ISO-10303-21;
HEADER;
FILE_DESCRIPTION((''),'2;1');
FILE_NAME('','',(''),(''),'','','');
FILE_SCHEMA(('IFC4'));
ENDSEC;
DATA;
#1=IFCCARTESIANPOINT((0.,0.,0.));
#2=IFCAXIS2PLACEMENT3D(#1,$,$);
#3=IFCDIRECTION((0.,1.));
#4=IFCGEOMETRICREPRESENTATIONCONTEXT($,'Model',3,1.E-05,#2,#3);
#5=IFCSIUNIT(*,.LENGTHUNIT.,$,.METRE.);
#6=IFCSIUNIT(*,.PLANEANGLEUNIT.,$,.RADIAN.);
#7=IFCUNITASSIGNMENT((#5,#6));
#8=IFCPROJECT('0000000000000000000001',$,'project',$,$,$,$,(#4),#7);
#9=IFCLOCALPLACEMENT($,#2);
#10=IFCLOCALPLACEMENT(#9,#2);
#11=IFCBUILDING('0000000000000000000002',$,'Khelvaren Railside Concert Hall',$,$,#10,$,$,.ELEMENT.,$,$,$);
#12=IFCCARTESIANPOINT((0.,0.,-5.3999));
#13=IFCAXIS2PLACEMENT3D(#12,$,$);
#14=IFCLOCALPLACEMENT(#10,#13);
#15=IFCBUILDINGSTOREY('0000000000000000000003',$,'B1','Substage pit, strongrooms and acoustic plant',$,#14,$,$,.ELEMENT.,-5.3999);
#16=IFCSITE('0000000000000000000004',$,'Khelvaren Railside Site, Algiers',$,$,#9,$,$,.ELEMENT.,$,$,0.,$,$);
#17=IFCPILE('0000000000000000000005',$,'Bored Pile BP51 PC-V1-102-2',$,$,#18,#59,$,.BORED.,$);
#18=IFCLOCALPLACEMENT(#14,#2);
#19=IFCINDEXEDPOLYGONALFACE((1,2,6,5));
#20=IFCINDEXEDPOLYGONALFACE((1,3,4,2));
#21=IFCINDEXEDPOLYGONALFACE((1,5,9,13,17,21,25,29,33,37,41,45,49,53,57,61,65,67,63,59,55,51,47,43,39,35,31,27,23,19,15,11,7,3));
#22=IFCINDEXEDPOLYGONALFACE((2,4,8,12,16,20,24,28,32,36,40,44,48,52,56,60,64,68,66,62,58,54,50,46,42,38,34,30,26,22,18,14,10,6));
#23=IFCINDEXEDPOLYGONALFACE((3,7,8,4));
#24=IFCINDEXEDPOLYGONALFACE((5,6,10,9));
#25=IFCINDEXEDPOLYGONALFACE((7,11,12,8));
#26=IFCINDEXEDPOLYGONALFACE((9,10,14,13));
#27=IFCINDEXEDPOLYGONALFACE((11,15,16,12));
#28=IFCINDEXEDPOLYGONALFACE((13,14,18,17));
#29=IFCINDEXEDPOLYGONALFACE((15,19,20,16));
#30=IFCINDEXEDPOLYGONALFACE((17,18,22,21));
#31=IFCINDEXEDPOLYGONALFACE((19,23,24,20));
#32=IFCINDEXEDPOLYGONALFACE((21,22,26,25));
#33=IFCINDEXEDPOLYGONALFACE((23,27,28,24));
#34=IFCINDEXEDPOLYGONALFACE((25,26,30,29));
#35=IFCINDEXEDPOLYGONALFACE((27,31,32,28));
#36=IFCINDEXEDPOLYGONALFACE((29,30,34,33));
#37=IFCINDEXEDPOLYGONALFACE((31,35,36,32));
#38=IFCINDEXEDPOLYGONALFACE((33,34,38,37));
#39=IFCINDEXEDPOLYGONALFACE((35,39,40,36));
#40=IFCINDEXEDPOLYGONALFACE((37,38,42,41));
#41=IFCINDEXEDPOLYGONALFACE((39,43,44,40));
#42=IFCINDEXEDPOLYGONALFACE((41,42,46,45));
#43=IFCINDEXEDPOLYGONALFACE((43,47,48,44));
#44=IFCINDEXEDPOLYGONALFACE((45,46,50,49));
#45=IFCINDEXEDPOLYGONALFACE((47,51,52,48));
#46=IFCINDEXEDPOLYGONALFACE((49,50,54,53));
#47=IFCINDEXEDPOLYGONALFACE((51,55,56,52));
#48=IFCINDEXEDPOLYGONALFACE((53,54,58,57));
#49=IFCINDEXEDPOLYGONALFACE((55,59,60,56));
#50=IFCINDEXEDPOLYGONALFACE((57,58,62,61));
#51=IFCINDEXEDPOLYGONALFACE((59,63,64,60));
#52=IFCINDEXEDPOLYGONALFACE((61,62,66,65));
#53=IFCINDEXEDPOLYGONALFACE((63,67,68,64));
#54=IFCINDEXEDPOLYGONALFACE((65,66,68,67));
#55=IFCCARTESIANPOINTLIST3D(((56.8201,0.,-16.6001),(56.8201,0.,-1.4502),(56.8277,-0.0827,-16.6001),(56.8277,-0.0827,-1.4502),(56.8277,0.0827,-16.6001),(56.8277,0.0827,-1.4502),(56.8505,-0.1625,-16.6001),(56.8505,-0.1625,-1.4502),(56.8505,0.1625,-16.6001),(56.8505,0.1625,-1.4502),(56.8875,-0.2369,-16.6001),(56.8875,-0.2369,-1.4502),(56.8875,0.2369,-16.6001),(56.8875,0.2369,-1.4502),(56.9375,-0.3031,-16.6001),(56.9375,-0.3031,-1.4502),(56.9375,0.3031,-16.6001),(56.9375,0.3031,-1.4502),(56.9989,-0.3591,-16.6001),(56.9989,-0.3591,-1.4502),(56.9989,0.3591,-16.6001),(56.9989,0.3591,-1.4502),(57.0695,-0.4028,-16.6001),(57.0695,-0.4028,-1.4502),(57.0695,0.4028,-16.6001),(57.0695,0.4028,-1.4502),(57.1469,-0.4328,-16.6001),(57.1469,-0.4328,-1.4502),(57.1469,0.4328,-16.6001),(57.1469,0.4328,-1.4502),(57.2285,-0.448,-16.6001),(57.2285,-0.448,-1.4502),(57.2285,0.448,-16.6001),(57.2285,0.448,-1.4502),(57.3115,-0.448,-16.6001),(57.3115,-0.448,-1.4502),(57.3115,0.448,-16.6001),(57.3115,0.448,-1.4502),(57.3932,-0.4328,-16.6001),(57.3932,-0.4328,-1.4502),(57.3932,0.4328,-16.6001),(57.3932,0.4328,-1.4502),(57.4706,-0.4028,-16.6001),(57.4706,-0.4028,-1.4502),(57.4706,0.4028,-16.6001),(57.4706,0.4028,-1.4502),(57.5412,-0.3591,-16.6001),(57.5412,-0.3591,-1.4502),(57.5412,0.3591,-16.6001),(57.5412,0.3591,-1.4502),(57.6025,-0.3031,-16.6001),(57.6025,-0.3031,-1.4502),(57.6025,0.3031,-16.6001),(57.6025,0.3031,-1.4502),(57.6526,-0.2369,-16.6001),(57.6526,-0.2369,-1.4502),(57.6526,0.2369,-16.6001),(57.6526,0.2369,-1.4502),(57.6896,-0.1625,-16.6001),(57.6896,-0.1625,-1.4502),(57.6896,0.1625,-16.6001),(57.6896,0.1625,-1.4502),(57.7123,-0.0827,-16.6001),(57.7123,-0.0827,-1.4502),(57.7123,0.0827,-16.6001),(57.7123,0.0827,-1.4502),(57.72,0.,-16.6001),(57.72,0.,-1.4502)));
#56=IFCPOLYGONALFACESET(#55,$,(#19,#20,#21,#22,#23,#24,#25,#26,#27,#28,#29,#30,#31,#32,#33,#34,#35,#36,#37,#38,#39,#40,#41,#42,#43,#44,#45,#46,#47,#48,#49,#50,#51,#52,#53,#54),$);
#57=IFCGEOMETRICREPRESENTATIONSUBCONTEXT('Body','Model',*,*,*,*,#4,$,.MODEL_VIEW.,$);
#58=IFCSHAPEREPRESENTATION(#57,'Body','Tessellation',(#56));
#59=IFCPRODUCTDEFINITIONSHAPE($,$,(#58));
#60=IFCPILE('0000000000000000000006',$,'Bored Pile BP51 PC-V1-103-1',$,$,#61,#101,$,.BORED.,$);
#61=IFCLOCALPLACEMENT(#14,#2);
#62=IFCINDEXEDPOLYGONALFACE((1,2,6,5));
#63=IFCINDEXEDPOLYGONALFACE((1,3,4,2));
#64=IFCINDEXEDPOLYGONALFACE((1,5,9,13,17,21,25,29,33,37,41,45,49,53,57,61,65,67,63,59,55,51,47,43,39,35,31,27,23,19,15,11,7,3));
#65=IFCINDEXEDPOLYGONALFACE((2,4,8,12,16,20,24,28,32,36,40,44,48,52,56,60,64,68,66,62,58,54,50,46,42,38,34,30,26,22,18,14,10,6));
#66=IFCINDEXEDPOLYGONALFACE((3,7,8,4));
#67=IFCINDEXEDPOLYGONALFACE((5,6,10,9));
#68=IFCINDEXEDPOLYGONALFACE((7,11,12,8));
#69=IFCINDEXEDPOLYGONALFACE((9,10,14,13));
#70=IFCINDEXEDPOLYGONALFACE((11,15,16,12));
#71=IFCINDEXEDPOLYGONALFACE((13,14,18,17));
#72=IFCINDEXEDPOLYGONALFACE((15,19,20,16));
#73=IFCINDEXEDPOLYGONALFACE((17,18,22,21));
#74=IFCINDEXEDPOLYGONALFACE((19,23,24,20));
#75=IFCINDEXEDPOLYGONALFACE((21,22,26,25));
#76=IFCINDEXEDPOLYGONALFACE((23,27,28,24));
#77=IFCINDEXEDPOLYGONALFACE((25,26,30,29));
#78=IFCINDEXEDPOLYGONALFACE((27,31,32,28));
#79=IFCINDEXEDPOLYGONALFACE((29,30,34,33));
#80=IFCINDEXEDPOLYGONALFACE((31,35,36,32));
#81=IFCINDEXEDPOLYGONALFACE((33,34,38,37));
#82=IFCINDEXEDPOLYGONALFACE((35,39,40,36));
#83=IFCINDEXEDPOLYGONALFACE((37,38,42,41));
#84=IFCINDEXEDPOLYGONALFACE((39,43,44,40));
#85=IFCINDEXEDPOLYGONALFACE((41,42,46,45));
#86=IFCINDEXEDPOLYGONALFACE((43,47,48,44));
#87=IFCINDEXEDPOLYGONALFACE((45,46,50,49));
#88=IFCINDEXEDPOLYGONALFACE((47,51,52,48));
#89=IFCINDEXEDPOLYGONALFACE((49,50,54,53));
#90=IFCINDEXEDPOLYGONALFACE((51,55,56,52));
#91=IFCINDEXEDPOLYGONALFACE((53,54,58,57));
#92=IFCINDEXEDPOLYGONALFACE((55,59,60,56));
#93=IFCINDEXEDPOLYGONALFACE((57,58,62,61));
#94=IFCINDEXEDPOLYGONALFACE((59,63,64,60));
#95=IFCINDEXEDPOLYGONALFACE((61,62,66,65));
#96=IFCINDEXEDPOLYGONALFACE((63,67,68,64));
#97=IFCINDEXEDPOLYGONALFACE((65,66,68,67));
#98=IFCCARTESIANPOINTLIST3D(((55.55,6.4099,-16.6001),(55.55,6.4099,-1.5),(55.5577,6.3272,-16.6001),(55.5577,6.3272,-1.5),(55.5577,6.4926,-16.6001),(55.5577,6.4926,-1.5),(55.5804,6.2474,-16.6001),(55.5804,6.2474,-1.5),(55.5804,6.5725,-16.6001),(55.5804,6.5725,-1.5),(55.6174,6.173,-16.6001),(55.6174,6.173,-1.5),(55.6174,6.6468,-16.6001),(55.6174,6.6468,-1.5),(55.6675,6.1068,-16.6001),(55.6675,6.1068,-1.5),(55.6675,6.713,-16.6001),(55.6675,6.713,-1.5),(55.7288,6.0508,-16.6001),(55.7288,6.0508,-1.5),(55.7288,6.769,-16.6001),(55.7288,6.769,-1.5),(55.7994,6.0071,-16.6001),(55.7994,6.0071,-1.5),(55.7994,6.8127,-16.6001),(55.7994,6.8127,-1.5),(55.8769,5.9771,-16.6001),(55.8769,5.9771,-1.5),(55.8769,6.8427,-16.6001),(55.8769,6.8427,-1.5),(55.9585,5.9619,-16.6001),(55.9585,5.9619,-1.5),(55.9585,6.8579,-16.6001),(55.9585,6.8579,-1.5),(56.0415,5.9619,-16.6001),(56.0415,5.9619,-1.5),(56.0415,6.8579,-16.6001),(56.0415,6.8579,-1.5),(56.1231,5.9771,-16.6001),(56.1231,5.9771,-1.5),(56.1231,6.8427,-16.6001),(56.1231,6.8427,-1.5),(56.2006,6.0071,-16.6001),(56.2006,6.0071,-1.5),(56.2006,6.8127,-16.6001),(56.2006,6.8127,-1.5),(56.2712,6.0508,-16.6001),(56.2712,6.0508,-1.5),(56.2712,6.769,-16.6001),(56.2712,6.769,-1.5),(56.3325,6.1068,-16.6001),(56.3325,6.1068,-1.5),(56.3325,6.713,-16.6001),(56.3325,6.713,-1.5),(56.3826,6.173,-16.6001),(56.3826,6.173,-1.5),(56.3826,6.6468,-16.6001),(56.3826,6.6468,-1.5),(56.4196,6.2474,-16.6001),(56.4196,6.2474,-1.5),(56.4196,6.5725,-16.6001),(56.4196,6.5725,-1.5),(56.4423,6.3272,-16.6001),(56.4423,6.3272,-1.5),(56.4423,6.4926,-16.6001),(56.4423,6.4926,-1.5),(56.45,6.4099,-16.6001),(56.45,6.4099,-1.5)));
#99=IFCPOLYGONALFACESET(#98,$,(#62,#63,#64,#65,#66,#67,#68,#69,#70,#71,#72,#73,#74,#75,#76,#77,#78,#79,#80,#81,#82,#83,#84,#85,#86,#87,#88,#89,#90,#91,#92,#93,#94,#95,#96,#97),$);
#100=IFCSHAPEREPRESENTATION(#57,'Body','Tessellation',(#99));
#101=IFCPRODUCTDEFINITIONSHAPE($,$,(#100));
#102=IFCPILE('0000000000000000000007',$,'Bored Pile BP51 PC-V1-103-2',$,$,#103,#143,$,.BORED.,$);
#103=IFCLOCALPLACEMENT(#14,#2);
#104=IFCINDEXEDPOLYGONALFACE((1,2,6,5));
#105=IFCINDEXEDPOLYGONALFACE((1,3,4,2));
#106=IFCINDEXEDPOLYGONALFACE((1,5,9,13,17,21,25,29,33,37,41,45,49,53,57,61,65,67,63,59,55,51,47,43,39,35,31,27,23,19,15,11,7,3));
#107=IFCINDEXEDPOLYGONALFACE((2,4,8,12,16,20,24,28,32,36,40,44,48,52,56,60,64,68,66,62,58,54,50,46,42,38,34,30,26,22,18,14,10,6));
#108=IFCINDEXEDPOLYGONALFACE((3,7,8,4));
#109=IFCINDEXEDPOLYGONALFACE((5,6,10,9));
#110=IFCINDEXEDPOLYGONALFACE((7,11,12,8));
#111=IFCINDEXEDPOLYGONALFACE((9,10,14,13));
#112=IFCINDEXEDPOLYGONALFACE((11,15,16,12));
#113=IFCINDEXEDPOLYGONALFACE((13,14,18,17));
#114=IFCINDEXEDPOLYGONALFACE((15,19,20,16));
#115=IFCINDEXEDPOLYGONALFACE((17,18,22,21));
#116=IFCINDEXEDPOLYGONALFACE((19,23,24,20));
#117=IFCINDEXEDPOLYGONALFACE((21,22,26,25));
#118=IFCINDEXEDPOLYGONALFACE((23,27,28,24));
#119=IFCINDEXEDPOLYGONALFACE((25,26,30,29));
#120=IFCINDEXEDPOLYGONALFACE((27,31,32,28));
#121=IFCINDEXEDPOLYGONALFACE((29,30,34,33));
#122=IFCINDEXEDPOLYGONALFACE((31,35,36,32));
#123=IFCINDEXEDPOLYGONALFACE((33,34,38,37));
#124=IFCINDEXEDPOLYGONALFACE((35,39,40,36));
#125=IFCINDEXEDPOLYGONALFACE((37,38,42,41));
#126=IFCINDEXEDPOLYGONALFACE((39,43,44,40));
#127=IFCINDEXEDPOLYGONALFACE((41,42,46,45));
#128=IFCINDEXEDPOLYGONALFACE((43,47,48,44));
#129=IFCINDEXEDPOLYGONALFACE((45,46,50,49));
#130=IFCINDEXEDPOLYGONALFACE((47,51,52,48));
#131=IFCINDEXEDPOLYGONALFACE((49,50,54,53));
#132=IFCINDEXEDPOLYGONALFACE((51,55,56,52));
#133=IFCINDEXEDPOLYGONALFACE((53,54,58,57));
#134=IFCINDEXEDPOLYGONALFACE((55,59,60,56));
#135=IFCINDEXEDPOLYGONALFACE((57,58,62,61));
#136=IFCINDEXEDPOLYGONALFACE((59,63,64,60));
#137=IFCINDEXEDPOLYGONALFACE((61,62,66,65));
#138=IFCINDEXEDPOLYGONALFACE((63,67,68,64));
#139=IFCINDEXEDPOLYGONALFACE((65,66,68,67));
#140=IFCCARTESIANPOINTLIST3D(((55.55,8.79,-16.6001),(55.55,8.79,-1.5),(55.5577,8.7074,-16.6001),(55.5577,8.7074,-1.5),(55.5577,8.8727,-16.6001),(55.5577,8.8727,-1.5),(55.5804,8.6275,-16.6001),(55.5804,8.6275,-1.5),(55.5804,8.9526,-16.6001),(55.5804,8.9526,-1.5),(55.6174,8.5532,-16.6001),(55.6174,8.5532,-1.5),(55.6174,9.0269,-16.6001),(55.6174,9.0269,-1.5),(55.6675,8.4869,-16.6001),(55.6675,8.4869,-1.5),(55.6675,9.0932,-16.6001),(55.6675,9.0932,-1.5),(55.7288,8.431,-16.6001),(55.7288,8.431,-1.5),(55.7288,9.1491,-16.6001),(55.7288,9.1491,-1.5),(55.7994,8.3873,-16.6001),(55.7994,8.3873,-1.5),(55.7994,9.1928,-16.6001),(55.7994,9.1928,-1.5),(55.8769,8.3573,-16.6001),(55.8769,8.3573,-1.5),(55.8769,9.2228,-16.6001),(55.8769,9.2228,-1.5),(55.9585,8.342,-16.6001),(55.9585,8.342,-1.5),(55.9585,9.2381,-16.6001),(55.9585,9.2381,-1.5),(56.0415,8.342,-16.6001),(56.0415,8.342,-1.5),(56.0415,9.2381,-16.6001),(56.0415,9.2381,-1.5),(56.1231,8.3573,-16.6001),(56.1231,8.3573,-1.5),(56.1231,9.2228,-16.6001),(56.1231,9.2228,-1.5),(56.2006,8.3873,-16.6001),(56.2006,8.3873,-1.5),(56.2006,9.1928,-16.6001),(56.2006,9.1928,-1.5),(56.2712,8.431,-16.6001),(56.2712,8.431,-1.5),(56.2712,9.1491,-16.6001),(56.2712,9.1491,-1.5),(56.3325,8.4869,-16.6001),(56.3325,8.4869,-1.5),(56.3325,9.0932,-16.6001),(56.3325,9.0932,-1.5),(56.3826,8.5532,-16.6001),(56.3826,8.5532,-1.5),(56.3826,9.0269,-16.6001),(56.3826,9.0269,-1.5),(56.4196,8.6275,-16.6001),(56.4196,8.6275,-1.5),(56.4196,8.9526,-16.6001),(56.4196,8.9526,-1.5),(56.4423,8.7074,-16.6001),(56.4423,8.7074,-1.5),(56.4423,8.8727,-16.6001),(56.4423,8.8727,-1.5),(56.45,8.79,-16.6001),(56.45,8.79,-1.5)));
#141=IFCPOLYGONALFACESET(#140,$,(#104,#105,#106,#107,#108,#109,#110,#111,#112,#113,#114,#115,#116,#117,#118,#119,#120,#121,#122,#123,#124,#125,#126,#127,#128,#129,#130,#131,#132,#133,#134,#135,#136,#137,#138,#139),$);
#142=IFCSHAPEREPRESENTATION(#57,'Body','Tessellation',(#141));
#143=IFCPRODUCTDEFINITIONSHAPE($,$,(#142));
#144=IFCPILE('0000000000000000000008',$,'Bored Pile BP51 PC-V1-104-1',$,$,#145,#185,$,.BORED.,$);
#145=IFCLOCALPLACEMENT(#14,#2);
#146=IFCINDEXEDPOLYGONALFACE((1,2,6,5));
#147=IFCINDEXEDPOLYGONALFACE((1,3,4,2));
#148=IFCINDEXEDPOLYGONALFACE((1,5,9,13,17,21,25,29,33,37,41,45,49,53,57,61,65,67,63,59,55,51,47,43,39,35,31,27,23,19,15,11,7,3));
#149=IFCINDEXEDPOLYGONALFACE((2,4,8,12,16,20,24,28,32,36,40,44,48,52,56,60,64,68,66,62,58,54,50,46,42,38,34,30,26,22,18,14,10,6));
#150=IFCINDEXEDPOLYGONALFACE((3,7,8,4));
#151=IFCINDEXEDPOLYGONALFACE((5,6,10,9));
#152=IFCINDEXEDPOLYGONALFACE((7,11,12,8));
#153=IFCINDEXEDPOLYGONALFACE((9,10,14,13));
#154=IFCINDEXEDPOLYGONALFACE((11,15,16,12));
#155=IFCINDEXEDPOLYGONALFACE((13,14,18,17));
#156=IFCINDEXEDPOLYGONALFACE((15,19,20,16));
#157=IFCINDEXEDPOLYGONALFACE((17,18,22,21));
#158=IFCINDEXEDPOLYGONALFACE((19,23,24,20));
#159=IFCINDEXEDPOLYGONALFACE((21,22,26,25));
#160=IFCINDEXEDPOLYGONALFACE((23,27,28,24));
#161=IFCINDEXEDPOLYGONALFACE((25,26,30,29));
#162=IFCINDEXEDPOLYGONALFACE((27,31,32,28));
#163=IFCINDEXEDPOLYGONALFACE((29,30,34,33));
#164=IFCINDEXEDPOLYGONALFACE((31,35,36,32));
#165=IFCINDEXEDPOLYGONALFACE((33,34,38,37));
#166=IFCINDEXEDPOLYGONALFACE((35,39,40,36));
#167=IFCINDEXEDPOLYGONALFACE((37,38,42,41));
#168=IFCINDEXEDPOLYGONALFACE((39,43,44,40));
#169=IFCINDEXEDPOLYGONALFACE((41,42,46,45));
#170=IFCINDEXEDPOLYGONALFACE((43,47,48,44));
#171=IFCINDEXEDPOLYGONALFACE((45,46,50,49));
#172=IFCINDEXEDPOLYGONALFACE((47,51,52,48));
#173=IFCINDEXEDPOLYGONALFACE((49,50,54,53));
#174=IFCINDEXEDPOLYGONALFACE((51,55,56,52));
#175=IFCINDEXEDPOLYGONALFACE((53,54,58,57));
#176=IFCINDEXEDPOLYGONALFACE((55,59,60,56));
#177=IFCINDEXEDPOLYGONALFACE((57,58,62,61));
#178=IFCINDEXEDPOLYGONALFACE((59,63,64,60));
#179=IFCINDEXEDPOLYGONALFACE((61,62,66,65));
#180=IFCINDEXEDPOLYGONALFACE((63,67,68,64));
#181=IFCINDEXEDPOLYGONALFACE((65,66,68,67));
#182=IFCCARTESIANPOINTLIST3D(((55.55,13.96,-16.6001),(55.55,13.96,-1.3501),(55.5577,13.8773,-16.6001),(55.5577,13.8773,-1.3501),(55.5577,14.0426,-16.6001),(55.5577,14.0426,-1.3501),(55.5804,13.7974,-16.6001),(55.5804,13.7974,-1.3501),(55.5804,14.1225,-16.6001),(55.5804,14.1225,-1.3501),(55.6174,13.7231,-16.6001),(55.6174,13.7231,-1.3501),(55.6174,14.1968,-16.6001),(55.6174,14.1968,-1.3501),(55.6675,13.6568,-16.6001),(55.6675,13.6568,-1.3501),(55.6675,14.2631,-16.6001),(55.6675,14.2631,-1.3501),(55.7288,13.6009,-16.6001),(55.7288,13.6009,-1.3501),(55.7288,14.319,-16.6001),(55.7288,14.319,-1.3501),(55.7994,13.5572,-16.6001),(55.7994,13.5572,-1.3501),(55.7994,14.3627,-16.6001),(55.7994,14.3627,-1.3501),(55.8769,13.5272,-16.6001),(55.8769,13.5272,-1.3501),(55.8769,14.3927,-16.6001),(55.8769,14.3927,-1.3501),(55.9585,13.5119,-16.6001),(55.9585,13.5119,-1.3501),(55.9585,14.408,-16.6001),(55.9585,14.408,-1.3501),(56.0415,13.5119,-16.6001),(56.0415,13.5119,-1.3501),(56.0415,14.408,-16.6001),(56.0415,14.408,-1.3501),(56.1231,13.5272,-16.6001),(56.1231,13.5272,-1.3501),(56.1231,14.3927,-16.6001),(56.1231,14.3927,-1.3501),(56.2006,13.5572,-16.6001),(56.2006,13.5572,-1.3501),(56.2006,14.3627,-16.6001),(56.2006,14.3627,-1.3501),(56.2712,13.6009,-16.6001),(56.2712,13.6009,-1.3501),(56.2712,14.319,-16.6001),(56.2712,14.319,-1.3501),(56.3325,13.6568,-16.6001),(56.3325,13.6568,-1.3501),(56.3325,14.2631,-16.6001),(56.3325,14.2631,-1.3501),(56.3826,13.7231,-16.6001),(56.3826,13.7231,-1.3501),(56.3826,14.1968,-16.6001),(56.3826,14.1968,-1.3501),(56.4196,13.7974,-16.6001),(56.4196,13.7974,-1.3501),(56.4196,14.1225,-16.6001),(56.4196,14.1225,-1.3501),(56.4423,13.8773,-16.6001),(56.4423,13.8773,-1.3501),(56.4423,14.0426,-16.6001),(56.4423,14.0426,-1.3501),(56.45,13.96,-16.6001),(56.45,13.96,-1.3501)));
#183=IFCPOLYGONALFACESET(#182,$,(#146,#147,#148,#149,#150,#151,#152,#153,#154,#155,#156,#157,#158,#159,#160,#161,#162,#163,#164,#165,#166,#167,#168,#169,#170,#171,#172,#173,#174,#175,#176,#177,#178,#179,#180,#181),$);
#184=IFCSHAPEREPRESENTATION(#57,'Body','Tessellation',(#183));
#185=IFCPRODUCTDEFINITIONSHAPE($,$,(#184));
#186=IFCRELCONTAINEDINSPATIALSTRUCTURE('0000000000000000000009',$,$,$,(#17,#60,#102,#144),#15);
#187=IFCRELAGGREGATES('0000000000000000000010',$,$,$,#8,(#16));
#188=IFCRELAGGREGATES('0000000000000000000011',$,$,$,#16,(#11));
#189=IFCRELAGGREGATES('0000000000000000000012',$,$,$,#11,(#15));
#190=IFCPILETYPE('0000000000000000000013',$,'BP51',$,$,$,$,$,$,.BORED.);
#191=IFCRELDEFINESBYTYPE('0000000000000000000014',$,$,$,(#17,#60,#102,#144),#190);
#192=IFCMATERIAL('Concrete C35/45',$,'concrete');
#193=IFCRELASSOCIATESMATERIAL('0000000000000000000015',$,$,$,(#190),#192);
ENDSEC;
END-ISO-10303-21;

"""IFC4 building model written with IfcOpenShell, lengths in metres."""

from ifc_helpers import new_model, si_unit, direction, frame, origin, origin_2d, place, context, subcontext, project, spatial, circle, extrude, material, material_profile, profile_set, type_object, element, save


model = new_model("IFC4")

# Units and contexts
model_context = context("Model", 3, precision=1e-05, world=origin(), true_north=direction((0.0, 1.0)))
body_context = subcontext(model_context, "Body", "Model", "MODEL_VIEW")
ifc_project = project(units=[si_unit("LENGTHUNIT", "METRE"), si_unit("PLANEANGLEUNIT", "RADIAN")], contexts=[model_context])

# Site, building, storey
site_placement = place(None, origin())
site = spatial("IfcSite", under=ifc_project, at=site_placement, Name="Khelvaren Railside Site, Algiers", CompositionType="ELEMENT", RefElevation=0.0)
building_placement = place(site_placement, origin())
building = spatial("IfcBuilding", under=site, at=building_placement, Name="Khelvaren Railside Concert Hall", CompositionType="ELEMENT")
storey_placement = place(building_placement, frame((0.0, 0.0, -5.3999)))
storey = spatial("IfcBuildingStorey", under=building, at=storey_placement, Name="B1", Description="Substage pit, strongrooms and acoustic plant", CompositionType="ELEMENT", Elevation=-5.3999)

# Piles
ifc_material_1 = material(Name="Concrete C35/45", Category="concrete")
ifc_material_profile_1 = material_profile(ifc_material_1, circle(Radius=0.45, at=origin_2d()), Name="BP D900")
ifc_profile_set_1 = profile_set([ifc_material_profile_1], Name="Concrete C35/45")
pile_type_1 = type_object("IfcPileType", Name="BP51", PredefinedType="BORED", material=ifc_profile_set_1)
for number, where, z_axis, x_axis, name in (
    (1, (57.27, 0.0, -1.4502), (0.0, 0.0, -1.0), (1.0, 0.0, 0.0), "Bored Pile BP51 PC-V1-102-2"),
):
    element("IfcPile", number, at=place(storey_placement, frame(where, z_axis=z_axis, x_axis=x_axis)), inside=storey, type_object=pile_type_1, Name=name, PredefinedType="BORED", context=body_context, shape_type="SweptSolid", body=[
        extrude(circle(Radius=0.45, at=origin_2d()), origin(), (0.0, 0.0, 1.0), 15.1499),
    ])
for number, where, z_axis, x_axis, name in (
    (2, (56.0, 6.4099, -1.5), (0.0, 0.0, -1.0), (1.0, 0.0, 0.0), "Bored Pile BP51 PC-V1-103-1"),
    (3, (56.0, 8.79, -1.5), (0.0, 0.0, -1.0), (1.0, 0.0, 0.0), "Bored Pile BP51 PC-V1-103-2"),
):
    element("IfcPile", number, at=place(storey_placement, frame(where, z_axis=z_axis, x_axis=x_axis)), inside=storey, type_object=pile_type_1, Name=name, PredefinedType="BORED", context=body_context, shape_type="SweptSolid", body=[
        extrude(circle(Radius=0.45, at=origin_2d()), origin(), (0.0, 0.0, 1.0), 15.1001),
    ])
for number, where, z_axis, x_axis, name in (
    (4, (56.0, 13.96, -1.3501), (0.0, 0.0, -1.0), (1.0, 0.0, 0.0), "Bored Pile BP51 PC-V1-104-1"),
):
    element("IfcPile", number, at=place(storey_placement, frame(where, z_axis=z_axis, x_axis=x_axis)), inside=storey, type_object=pile_type_1, Name=name, PredefinedType="BORED", context=body_context, shape_type="SweptSolid", body=[
        extrude(circle(Radius=0.45, at=origin_2d()), origin(), (0.0, 0.0, 1.0), 15.25),
    ])

save(model, "model.ifc")
